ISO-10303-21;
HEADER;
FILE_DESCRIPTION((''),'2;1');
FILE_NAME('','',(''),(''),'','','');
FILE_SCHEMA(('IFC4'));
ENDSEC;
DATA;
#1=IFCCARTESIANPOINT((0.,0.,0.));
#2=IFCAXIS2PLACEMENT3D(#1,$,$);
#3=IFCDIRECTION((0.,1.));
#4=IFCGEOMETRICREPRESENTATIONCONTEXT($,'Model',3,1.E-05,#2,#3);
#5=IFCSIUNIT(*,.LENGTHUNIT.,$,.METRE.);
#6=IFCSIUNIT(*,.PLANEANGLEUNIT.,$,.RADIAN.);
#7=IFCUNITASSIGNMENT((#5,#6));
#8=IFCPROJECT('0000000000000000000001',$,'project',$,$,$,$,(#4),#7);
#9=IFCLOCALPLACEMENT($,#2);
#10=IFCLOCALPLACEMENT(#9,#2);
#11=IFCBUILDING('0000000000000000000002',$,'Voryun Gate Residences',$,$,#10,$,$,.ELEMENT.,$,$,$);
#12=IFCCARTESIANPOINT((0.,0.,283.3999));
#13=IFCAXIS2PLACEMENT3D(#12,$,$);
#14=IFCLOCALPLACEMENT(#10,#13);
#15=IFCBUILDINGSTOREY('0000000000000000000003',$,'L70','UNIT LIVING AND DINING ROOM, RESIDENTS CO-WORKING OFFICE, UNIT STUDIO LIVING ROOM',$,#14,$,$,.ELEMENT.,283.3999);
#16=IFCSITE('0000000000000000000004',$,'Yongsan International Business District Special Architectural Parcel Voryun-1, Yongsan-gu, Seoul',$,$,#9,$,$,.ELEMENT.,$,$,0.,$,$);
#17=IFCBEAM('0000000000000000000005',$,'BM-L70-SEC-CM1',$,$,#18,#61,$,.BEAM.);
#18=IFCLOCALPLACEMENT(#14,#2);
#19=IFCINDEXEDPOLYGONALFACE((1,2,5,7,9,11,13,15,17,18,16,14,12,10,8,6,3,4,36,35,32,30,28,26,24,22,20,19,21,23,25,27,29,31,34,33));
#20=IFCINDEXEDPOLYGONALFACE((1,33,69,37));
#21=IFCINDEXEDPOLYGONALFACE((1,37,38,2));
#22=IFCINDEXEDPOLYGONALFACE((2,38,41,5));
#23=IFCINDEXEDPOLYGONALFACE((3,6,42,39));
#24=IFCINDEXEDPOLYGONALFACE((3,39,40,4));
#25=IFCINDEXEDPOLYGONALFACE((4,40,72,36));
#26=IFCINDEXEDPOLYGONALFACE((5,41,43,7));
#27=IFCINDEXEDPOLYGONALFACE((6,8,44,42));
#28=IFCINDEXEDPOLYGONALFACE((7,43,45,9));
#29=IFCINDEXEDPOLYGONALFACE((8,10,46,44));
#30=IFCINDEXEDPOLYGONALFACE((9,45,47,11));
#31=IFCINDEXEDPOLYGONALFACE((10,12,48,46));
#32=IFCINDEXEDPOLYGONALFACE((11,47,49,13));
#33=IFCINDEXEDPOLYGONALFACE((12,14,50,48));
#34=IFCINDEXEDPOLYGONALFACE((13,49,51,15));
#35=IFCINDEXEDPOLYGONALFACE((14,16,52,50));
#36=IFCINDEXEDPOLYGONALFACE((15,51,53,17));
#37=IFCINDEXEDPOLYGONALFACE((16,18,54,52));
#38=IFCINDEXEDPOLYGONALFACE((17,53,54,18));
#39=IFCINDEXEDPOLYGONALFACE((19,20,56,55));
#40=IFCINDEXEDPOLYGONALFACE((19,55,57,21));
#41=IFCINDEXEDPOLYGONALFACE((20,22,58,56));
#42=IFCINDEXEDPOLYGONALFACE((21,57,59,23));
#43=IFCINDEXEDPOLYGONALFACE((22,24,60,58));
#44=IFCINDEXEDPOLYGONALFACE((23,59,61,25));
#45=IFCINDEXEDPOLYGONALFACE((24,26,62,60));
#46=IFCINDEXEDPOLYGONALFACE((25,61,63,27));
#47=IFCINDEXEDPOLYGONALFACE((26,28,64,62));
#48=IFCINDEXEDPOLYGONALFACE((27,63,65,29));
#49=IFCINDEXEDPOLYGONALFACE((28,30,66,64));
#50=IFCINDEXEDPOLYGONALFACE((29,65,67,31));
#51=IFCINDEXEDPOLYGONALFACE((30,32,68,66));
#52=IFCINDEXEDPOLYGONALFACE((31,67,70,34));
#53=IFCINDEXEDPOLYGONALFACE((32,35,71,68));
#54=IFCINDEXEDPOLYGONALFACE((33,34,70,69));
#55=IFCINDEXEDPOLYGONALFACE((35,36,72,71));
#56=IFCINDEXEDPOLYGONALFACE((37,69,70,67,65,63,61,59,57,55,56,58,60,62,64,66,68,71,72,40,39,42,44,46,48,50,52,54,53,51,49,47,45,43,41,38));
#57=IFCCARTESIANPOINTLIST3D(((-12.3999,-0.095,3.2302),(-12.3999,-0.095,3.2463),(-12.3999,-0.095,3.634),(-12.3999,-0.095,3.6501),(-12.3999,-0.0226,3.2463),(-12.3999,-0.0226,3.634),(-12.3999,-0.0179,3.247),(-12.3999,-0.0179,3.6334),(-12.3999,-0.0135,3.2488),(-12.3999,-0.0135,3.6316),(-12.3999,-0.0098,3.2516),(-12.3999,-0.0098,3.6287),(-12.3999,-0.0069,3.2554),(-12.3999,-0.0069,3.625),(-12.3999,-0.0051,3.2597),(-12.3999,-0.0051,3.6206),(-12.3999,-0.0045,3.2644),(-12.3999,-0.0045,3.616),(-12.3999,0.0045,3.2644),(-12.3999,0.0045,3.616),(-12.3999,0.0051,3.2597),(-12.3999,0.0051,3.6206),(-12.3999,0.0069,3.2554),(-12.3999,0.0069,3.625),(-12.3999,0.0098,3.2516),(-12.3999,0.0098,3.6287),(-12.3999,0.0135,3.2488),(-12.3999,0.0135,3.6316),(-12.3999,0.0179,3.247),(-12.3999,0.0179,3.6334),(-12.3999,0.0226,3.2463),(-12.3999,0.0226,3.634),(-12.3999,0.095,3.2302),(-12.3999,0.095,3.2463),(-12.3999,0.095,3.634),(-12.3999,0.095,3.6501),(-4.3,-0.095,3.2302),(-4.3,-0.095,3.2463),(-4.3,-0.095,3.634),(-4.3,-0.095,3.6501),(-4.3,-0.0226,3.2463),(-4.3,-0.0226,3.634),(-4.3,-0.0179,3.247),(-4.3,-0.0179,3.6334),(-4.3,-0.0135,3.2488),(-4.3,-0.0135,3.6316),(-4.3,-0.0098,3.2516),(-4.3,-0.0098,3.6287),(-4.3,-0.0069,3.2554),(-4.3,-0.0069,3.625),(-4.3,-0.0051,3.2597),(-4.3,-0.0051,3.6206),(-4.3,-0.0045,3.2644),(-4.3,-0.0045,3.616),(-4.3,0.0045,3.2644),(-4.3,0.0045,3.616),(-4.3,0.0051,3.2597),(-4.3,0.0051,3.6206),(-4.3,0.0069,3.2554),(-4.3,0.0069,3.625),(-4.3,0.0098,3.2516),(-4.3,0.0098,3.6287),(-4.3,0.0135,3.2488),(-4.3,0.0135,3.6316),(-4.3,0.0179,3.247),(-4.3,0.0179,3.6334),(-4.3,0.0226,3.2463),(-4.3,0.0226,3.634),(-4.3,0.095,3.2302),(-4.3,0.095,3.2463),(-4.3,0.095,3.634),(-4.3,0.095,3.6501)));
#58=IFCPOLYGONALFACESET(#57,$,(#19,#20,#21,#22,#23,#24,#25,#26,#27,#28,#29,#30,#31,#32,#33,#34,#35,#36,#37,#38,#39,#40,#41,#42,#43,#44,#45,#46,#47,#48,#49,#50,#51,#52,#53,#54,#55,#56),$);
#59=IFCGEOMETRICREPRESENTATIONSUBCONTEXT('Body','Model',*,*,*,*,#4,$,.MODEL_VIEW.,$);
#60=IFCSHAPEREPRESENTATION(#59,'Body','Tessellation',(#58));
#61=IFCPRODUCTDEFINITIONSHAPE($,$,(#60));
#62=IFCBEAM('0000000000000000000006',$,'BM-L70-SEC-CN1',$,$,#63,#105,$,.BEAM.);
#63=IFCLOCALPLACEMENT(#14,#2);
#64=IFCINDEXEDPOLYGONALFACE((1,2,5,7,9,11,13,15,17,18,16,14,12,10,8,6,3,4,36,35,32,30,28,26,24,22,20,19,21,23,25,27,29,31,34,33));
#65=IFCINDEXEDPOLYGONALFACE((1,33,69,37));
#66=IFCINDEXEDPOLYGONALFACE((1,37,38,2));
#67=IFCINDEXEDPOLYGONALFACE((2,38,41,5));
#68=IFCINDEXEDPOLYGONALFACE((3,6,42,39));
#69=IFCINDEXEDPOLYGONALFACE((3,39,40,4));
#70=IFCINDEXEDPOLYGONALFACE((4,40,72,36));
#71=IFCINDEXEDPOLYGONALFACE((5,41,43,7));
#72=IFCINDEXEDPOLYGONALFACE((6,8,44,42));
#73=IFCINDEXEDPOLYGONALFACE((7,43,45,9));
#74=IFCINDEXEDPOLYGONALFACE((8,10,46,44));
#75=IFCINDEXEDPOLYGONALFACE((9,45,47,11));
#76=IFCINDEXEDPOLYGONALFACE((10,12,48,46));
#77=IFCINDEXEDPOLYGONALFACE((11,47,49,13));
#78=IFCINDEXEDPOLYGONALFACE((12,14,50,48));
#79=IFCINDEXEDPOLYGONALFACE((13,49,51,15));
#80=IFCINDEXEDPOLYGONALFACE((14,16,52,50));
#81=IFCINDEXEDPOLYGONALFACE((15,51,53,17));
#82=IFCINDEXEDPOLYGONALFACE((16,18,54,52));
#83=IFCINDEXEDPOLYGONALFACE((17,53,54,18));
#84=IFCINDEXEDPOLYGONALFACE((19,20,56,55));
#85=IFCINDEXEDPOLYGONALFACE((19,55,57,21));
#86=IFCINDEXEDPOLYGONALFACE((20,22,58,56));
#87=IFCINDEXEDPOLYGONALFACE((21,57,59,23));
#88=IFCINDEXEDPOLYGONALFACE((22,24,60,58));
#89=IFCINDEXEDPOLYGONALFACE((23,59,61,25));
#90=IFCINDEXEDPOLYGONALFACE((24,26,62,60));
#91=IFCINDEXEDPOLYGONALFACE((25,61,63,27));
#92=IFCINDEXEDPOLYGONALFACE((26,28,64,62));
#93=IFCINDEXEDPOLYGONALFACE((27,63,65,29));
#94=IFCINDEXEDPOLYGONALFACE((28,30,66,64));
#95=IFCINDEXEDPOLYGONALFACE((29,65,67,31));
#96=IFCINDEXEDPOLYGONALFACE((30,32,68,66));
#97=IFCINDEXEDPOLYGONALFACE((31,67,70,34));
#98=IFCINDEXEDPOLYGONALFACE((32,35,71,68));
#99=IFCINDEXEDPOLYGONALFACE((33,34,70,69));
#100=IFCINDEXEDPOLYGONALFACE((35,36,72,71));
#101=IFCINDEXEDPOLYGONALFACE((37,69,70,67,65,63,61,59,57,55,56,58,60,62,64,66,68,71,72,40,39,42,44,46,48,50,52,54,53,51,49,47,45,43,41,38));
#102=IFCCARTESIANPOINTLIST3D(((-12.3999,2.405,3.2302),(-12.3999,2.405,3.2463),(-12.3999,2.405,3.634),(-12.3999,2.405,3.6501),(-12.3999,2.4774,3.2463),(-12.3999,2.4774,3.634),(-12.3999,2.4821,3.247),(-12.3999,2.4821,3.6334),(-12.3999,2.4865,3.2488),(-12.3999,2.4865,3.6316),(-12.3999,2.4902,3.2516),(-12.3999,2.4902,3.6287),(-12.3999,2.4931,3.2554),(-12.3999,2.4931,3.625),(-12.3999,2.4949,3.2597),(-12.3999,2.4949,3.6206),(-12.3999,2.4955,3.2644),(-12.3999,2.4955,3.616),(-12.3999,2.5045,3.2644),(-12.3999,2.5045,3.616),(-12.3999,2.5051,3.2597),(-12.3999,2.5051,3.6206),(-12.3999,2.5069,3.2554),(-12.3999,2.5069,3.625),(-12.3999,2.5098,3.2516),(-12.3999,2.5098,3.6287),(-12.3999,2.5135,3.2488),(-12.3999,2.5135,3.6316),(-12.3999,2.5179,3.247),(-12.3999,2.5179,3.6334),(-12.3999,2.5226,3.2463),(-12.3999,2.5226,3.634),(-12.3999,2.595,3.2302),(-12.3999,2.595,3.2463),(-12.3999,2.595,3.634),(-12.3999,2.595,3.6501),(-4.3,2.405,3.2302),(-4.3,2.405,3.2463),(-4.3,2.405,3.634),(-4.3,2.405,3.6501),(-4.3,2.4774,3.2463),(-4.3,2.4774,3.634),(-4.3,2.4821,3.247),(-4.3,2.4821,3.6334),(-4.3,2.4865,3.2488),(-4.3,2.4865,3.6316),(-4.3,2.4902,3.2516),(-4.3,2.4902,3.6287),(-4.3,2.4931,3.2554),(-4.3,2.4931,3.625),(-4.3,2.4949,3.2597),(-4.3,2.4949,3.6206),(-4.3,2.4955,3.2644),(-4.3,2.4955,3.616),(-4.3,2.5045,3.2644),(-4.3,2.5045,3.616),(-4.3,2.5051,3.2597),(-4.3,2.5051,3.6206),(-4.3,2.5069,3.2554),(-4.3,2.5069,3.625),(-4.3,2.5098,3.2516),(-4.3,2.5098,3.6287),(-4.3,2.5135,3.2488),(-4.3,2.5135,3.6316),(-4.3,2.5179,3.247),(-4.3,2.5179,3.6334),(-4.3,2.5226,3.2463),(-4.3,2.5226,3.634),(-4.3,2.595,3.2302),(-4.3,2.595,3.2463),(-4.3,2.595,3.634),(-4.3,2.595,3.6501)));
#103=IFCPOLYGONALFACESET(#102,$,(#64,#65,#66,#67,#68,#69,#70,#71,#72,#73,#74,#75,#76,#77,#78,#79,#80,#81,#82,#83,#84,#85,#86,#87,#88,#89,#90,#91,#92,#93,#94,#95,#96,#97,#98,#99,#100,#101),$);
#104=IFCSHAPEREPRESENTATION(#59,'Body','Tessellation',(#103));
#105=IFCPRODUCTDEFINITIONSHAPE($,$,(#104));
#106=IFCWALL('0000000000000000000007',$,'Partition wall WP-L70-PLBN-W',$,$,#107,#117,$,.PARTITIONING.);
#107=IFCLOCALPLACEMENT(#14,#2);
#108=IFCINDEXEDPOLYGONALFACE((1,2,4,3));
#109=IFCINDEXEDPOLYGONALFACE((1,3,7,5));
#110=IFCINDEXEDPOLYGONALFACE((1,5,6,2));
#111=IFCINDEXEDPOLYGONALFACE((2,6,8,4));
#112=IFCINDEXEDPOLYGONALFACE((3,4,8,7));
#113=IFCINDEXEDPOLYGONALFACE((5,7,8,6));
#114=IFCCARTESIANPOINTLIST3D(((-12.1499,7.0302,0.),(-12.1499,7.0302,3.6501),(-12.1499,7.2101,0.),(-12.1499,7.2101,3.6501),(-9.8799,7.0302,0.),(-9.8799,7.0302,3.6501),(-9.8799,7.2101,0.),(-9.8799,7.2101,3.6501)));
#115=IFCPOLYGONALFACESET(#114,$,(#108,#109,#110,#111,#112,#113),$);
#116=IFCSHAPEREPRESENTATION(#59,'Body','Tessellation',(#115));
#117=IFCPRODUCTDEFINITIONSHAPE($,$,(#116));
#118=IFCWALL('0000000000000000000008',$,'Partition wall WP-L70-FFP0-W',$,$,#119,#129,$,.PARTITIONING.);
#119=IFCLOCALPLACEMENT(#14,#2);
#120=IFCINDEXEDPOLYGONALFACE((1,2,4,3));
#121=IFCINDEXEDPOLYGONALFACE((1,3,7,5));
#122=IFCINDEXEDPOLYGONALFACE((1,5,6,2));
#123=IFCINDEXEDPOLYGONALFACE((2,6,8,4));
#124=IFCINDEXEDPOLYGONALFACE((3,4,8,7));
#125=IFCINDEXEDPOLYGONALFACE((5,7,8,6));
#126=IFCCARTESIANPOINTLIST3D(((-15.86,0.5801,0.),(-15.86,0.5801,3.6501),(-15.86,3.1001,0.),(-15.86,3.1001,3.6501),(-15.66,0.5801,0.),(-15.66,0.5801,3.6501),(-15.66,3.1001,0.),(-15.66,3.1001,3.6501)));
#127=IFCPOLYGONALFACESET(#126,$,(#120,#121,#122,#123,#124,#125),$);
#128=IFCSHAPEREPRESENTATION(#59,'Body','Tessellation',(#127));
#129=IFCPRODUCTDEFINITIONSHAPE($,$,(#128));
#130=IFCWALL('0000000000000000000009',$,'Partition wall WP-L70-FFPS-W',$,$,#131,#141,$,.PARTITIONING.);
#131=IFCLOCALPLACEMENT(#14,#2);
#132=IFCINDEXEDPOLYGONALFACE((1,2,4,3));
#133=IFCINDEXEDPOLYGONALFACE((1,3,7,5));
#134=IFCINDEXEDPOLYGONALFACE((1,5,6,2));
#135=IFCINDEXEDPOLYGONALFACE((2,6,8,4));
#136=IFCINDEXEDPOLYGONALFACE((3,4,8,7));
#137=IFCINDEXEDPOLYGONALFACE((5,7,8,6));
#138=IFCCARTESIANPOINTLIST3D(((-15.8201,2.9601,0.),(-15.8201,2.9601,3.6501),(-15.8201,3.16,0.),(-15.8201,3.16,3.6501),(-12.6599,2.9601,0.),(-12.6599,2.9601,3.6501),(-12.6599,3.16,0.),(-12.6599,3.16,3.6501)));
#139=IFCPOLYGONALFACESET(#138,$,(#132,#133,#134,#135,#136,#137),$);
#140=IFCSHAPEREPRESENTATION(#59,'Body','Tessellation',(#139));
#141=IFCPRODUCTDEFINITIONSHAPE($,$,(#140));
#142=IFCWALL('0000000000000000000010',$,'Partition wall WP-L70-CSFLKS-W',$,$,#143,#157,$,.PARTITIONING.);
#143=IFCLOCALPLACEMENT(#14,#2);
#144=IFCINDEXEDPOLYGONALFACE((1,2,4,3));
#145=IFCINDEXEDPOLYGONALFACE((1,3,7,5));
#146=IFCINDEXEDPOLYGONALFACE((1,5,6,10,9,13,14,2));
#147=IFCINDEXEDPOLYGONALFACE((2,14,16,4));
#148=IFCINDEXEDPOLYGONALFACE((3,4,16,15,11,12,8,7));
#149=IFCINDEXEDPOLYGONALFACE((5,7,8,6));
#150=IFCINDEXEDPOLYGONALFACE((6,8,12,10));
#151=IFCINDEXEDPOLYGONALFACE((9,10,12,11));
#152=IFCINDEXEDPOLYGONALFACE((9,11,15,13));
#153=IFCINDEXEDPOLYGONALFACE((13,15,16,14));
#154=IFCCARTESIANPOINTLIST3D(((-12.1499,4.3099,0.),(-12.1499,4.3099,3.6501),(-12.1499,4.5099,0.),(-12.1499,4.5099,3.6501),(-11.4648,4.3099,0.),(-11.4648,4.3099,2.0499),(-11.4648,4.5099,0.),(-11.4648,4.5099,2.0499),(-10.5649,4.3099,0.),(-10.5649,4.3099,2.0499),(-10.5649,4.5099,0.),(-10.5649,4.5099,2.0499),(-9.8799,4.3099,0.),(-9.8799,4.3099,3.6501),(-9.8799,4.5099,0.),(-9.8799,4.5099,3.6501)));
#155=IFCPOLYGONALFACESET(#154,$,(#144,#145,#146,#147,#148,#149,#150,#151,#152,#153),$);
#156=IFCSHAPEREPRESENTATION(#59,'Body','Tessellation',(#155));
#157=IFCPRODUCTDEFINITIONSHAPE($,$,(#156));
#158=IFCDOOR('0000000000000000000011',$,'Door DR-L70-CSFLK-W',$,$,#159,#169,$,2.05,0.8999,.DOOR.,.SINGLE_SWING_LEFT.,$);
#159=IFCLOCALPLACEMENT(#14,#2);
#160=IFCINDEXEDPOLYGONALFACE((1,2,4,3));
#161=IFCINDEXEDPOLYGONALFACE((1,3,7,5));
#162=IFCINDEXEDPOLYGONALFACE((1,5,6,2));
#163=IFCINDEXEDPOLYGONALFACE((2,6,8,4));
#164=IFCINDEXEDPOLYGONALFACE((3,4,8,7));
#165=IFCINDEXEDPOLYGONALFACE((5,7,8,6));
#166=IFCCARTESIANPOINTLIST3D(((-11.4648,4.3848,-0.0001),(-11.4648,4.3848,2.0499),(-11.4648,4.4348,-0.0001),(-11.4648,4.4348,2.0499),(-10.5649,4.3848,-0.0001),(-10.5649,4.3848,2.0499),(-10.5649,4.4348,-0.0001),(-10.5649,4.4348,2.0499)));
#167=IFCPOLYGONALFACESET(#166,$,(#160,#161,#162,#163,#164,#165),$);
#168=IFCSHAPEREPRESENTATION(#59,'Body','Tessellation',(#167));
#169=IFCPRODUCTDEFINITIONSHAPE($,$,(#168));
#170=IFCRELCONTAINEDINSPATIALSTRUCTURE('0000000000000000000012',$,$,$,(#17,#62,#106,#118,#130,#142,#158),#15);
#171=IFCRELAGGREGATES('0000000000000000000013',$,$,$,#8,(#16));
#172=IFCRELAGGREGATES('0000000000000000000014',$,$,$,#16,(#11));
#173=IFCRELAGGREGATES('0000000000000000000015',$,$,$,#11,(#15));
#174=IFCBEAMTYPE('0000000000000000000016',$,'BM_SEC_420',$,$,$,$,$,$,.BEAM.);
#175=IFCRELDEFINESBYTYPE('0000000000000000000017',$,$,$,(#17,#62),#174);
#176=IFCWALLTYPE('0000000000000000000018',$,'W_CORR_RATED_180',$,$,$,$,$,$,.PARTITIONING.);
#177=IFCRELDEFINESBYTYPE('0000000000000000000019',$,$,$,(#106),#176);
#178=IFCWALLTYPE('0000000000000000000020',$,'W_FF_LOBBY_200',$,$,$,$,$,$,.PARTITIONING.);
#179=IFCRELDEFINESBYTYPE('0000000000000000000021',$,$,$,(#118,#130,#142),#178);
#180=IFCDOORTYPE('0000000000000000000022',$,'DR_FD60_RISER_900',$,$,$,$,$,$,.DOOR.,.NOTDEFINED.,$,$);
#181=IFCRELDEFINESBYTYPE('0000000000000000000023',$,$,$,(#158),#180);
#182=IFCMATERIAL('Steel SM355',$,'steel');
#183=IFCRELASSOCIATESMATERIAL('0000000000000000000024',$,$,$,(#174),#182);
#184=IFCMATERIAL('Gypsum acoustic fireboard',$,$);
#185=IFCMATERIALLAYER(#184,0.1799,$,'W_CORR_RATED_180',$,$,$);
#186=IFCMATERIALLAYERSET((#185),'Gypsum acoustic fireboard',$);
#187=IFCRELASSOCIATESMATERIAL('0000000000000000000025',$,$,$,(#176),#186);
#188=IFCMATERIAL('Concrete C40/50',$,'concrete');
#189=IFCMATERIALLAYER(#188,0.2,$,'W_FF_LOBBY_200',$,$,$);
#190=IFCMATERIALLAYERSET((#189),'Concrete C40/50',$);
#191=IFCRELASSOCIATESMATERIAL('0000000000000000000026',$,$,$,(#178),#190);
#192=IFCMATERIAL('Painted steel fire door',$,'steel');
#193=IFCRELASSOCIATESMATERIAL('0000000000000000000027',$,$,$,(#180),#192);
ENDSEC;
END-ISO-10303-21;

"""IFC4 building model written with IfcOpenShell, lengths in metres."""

from ifc_helpers import new_model, si_unit, direction, frame, frame_2d, origin, origin_2d, place, context, subcontext, project, spatial, rectangle, i_section, extrude, material, layer, layer_set, material_profile, profile_set, type_object, element, fill, save


model = new_model("IFC4")

# Units and contexts
model_context = context("Model", 3, precision=1e-05, world=origin(), true_north=direction((0.0, 1.0)))
body_context = subcontext(model_context, "Body", "Model", "MODEL_VIEW")
ifc_project = project(units=[si_unit("LENGTHUNIT", "METRE"), si_unit("PLANEANGLEUNIT", "RADIAN")], contexts=[model_context])

# Site, building, storey
site_placement = place(None, origin())
site = spatial("IfcSite", under=ifc_project, at=site_placement, Name="Yongsan International Business District Special Architectural Parcel Voryun-1, Yongsan-gu, Seoul", CompositionType="ELEMENT", RefElevation=0.0)
building_placement = place(site_placement, origin())
building = spatial("IfcBuilding", under=site, at=building_placement, Name="Voryun Gate Residences", CompositionType="ELEMENT")
storey_placement = place(building_placement, frame((0.0, 0.0, 283.3999)))
storey = spatial("IfcBuildingStorey", under=building, at=storey_placement, Name="L70", Description="UNIT LIVING AND DINING ROOM, RESIDENTS CO-WORKING OFFICE, UNIT STUDIO LIVING ROOM", CompositionType="ELEMENT", Elevation=283.3999)

# Beams
ifc_material_1 = material(Name="Steel SM355", Category="steel")
ifc_material_profile_1 = material_profile(ifc_material_1, i_section(OverallWidth=0.1899, OverallDepth=0.4199, WebThickness=0.009, FlangeThickness=0.0161, FilletRadius=0.0181, at=origin_2d()), Name="H-420x190x9x16")
ifc_profile_set_1 = profile_set([ifc_material_profile_1], Name="Steel SM355")
beam_type_1 = type_object("IfcBeamType", Name="BM_SEC_420", PredefinedType="BEAM", material=ifc_profile_set_1)
for number, where, z_axis, x_axis, name in (
    (1, (-12.3999, 0.0, 3.4402), (1.0, 0.0, 0.0), (0.0, 1.0, 0.0), "BM-L70-SEC-CM1"),
    (2, (-12.3999, 2.5, 3.4402), (1.0, 0.0, 0.0), (0.0, 1.0, 0.0), "BM-L70-SEC-CN1"),
):
    element("IfcBeam", number, at=place(storey_placement, frame(where, z_axis=z_axis, x_axis=x_axis)), inside=storey, type_object=beam_type_1, Name=name, PredefinedType="BEAM", context=body_context, shape_type="SweptSolid", body=[
        extrude(i_section(OverallWidth=0.1899, OverallDepth=0.4199, WebThickness=0.009, FlangeThickness=0.0161, FilletRadius=0.0181, at=origin_2d()), origin(), (0.0, 0.0, 1.0), 8.0999),
    ])

# Walls
ifc_material_2 = material(Name="Gypsum acoustic fireboard")
ifc_layer_1 = layer(ifc_material_2, 0.1799, Name="W_CORR_RATED_180")
ifc_layer_set_1 = layer_set([ifc_layer_1], Name="Gypsum acoustic fireboard")
wall_type_1 = type_object("IfcWallType", Name="W_CORR_RATED_180", PredefinedType="PARTITIONING", material=ifc_layer_set_1)
wall_1_placement = place(storey_placement, frame((-12.1499, 7.1201, 0.0), z_axis=(0.0, 0.0, 1.0), x_axis=(1.0, 0.0, 0.0)))
element("IfcWall", 3, at=wall_1_placement, inside=storey, type_object=wall_type_1, Name="Partition wall WP-L70-PLBN-W", PredefinedType="PARTITIONING", context=body_context, shape_type="SweptSolid", body=[
    extrude(rectangle(XDim=2.27, YDim=0.1799, at=frame_2d((1.135, 0.0))), origin(), (0.0, 0.0, 1.0), 3.6501),
])
ifc_material_3 = material(Name="Concrete C40/50", Category="concrete")
ifc_layer_2 = layer(ifc_material_3, 0.2, Name="W_FF_LOBBY_200")
ifc_layer_set_2 = layer_set([ifc_layer_2], Name="Concrete C40/50")
wall_type_2 = type_object("IfcWallType", Name="W_FF_LOBBY_200", PredefinedType="PARTITIONING", material=ifc_layer_set_2)
wall_2_placement = place(storey_placement, frame((-15.76, 0.5801, 0.0), z_axis=(0.0, 0.0, 1.0), x_axis=(0.0, 1.0, 0.0)))
element("IfcWall", 4, at=wall_2_placement, inside=storey, type_object=wall_type_2, Name="Partition wall WP-L70-FFP0-W", PredefinedType="PARTITIONING", context=body_context, shape_type="SweptSolid", body=[
    extrude(rectangle(XDim=2.52, YDim=0.2, at=frame_2d((1.26, 0.0))), origin(), (0.0, 0.0, 1.0), 3.6501),
])
wall_3_placement = place(storey_placement, frame((-15.8201, 3.0601, 0.0), z_axis=(0.0, 0.0, 1.0), x_axis=(1.0, 0.0, 0.0)))
element("IfcWall", 5, at=wall_3_placement, inside=storey, type_object=wall_type_2, Name="Partition wall WP-L70-FFPS-W", PredefinedType="PARTITIONING", context=body_context, shape_type="SweptSolid", body=[
    extrude(rectangle(XDim=3.1602, YDim=0.2, at=frame_2d((1.5801, 0.0))), origin(), (0.0, 0.0, 1.0), 3.6501),
])

# Wall, opening, door
wall_4_placement = place(storey_placement, frame((-12.1499, 4.4099, 0.0), z_axis=(0.0, 0.0, 1.0), x_axis=(1.0, 0.0, 0.0)))
wall_4 = element("IfcWall", 6, at=wall_4_placement, inside=storey, type_object=wall_type_2, Name="Partition wall WP-L70-CSFLKS-W", PredefinedType="PARTITIONING", context=body_context, shape_type="SweptSolid", body=[
    extrude(rectangle(XDim=2.27, YDim=0.2, at=frame_2d((1.135, 0.0))), origin(), (0.0, 0.0, 1.0), 3.6501),
])
opening_1_placement = place(wall_4_placement, frame((0.6851, 0.0, 0.0)))
opening_1 = element("IfcOpeningElement", 7, at=opening_1_placement, cuts=wall_4, PredefinedType="OPENING", context=body_context, shape_type="SweptSolid", body=[
    extrude(rectangle(XDim=0.8999, YDim=2.05, at=frame_2d((0.45, 1.0249))), frame((0.0, 0.1101, 0.0), z_axis=(0.0, -1.0, 0.0), x_axis=(1.0, 0.0, 0.0)), (0.0, 0.0, 1.0), 0.22),
])
ifc_material_4 = material(Name="Painted steel fire door", Category="steel")
door_type_1 = type_object("IfcDoorType", Name="DR_FD60_RISER_900", OperationType="NOTDEFINED", PredefinedType="DOOR", material=ifc_material_4)
door_1_placement = place(opening_1_placement, origin())
door_1 = element("IfcDoor", 8, at=door_1_placement, inside=storey, type_object=door_type_1, Name="Door DR-L70-CSFLK-W", OperationType="SINGLE_SWING_LEFT", OverallHeight=2.05, OverallWidth=0.8999, PredefinedType="DOOR", context=body_context, shape_type="SweptSolid", body=[
    extrude(rectangle(XDim=0.8999, YDim=2.05, at=frame_2d((0.45, 1.0249))), frame((0.0, 0.0249, 0.0), z_axis=(0.0, -1.0, 0.0), x_axis=(1.0, 0.0, 0.0)), (0.0, 0.0, 1.0), 0.05),
])
fill(opening_1, door_1)

save(model, "model.ifc")
